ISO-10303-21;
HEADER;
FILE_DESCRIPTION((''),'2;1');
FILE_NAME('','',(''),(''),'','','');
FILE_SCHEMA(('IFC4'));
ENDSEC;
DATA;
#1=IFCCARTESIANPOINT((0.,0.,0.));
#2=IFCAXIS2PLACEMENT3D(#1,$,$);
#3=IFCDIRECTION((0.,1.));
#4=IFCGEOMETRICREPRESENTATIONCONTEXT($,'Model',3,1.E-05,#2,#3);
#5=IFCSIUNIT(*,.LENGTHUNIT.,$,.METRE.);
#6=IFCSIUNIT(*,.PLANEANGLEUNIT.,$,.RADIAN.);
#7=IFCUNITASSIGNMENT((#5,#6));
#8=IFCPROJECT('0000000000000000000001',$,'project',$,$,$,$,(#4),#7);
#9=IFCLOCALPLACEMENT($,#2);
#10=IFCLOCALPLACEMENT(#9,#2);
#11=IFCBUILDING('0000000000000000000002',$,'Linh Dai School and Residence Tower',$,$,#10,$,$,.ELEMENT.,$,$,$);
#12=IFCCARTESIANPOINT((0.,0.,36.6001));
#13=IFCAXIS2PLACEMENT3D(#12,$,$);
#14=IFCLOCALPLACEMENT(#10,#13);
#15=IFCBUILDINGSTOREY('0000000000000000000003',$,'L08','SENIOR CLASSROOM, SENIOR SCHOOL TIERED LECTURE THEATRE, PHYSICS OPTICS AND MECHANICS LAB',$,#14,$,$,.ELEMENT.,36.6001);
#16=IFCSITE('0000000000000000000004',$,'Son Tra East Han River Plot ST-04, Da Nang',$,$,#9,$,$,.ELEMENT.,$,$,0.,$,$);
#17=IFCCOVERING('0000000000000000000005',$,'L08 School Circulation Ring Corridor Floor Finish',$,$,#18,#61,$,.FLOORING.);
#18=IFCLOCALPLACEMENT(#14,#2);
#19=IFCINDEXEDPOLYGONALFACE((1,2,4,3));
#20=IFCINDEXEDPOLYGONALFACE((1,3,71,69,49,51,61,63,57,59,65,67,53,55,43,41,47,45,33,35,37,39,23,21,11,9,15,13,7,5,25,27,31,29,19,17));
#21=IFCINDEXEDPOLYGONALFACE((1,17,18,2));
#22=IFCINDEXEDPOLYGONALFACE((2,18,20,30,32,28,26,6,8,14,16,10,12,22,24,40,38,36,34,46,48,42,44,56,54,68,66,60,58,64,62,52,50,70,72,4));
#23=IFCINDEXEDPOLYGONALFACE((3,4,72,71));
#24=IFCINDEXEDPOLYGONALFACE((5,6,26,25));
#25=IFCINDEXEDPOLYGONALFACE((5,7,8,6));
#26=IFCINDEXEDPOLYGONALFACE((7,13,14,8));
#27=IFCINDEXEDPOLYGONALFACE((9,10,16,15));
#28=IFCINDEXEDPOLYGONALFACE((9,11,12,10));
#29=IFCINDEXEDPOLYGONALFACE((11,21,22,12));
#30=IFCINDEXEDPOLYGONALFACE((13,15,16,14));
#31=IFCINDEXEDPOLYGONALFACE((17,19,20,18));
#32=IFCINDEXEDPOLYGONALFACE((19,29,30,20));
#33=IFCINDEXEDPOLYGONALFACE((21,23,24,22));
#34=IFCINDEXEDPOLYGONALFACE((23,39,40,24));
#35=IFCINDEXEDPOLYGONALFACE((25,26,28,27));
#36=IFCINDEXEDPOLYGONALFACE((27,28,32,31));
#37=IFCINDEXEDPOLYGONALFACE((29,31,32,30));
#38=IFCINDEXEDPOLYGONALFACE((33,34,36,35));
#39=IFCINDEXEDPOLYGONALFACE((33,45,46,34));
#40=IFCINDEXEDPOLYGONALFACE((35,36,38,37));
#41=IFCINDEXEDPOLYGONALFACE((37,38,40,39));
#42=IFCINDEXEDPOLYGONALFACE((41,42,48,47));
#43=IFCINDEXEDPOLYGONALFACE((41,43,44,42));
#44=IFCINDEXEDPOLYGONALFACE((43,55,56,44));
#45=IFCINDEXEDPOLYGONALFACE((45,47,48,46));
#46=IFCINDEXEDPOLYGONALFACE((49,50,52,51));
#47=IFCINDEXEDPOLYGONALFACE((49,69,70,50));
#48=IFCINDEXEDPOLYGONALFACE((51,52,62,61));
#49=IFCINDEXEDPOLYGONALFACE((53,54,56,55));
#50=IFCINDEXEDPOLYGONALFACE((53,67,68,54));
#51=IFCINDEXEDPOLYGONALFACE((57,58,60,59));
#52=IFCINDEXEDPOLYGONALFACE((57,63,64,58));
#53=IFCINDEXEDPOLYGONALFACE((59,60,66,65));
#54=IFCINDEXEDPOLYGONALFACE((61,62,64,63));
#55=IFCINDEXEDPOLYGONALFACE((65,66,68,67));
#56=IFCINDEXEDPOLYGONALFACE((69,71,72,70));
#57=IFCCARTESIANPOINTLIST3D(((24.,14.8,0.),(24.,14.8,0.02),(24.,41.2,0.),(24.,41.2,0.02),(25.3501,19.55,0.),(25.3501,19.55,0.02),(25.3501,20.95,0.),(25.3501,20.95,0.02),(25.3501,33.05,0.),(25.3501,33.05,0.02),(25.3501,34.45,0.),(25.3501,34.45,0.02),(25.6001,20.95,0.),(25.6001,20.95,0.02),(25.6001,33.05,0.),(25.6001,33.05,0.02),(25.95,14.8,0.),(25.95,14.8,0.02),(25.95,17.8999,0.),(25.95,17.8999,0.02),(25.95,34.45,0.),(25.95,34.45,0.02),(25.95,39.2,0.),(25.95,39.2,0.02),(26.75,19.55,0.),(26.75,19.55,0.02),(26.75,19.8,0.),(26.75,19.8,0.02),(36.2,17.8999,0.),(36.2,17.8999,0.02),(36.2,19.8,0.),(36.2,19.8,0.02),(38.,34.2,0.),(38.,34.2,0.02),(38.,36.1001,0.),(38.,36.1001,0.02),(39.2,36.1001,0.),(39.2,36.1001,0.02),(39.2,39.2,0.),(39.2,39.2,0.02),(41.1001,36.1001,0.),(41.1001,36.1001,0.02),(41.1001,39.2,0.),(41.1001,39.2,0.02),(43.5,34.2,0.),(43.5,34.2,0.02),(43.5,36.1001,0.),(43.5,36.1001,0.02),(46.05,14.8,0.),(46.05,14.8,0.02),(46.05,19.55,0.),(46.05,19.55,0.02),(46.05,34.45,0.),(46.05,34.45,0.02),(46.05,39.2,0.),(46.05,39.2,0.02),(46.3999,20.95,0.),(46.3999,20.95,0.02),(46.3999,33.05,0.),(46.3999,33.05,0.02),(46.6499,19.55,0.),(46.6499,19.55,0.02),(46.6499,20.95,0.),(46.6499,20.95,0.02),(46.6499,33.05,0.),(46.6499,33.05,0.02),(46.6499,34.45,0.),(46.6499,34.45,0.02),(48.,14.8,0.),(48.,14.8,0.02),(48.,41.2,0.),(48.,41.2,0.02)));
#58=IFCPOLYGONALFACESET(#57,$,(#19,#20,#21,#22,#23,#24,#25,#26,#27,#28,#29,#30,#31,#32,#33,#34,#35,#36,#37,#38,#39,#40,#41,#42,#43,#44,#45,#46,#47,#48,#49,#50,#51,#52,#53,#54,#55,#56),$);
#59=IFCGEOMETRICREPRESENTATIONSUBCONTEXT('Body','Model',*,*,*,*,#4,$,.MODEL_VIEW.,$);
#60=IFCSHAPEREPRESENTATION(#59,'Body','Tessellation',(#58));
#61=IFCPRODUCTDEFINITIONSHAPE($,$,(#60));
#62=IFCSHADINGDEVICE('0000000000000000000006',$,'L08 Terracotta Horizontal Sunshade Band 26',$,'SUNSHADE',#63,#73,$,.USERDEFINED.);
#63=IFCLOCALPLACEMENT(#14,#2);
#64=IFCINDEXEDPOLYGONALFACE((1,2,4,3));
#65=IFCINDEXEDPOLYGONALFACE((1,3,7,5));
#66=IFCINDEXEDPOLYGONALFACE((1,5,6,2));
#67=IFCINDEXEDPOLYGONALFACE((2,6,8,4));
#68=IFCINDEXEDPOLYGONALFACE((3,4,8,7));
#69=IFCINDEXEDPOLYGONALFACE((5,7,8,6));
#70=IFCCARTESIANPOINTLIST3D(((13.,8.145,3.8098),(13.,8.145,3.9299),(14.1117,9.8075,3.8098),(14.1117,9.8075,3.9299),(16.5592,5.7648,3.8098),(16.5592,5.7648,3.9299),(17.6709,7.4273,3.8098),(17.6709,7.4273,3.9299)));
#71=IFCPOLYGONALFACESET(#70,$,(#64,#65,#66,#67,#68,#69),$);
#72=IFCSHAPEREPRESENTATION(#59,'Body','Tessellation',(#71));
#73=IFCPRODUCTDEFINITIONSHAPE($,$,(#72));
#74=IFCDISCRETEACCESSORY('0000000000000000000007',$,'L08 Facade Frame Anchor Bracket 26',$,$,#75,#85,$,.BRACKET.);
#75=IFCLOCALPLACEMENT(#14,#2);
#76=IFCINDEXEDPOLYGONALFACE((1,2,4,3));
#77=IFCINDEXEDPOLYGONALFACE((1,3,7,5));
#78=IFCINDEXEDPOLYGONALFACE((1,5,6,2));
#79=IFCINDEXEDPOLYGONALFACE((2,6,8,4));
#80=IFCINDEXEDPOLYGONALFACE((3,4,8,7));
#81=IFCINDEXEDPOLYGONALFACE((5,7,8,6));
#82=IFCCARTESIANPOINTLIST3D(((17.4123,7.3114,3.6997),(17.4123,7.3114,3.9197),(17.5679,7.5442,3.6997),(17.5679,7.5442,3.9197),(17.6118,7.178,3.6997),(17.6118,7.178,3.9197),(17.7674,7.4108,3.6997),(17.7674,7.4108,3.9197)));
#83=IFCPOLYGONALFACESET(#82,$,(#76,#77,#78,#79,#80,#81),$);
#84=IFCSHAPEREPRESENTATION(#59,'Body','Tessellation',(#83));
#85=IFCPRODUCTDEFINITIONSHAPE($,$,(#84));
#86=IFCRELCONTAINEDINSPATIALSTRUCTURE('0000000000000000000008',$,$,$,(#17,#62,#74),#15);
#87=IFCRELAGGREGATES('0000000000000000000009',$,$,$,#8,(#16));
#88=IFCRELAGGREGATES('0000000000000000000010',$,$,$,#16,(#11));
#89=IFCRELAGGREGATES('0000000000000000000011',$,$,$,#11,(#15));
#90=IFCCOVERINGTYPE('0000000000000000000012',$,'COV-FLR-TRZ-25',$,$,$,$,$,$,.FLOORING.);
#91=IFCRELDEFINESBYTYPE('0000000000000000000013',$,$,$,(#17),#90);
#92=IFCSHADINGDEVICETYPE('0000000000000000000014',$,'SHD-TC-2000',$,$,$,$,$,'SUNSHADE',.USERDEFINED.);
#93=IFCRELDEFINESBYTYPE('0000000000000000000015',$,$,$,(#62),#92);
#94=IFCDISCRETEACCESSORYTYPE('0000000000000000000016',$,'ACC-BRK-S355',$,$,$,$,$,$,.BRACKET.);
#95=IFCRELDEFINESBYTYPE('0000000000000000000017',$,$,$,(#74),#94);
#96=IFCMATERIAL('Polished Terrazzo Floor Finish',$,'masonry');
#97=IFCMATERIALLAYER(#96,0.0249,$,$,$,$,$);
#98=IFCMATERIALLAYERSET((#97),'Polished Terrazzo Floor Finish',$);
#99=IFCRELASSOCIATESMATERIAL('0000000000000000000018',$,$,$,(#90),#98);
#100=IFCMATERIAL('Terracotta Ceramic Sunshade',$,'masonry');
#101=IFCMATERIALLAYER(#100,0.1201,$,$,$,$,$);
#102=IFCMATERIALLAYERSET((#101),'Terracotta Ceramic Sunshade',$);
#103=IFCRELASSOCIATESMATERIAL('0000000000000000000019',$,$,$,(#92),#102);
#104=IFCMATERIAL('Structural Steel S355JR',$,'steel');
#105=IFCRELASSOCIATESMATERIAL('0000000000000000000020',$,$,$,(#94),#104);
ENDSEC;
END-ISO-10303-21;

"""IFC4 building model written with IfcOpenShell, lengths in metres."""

from ifc_helpers import new_model, si_unit, direction, frame, origin, origin_2d, place, context, subcontext, project, spatial, polyline, rectangle, outline, extrude, source, transform, mapped, material, layer, layer_set, type_object, element, save


model = new_model("IFC4")

# Units and contexts
model_context = context("Model", 3, precision=1e-05, world=origin(), true_north=direction((0.0, 1.0)))
body_context = subcontext(model_context, "Body", "Model", "MODEL_VIEW")
ifc_project = project(units=[si_unit("LENGTHUNIT", "METRE"), si_unit("PLANEANGLEUNIT", "RADIAN")], contexts=[model_context])

# Site, building, storey
site_placement = place(None, origin())
site = spatial("IfcSite", under=ifc_project, at=site_placement, Name="Son Tra East Han River Plot ST-04, Da Nang", CompositionType="ELEMENT", RefElevation=0.0)
building_placement = place(site_placement, origin())
building = spatial("IfcBuilding", under=site, at=building_placement, Name="Linh Dai School and Residence Tower", CompositionType="ELEMENT")
storey_placement = place(building_placement, frame((0.0, 0.0, 36.6001)))
storey = spatial("IfcBuildingStorey", under=building, at=storey_placement, Name="L08", Description="SENIOR CLASSROOM, SENIOR SCHOOL TIERED LECTURE THEATRE, PHYSICS OPTICS AND MECHANICS LAB", CompositionType="ELEMENT", Elevation=36.6001)

# Shared definitions
ifc_material_1 = material(Name="Structural Steel S355JR", Category="steel")

# Covering
ifc_material_2 = material(Name="Polished Terrazzo Floor Finish", Category="masonry")
ifc_layer_1 = layer(ifc_material_2, 0.0249)
ifc_layer_set_1 = layer_set([ifc_layer_1], Name="Polished Terrazzo Floor Finish")
covering_type_1 = type_object("IfcCoveringType", Name="COV-FLR-TRZ-25", PredefinedType="FLOORING", material=ifc_layer_set_1)
covering_1_placement = place(storey_placement, origin())
element("IfcCovering", 1, at=covering_1_placement, inside=storey, type_object=covering_type_1, Name="L08 School Circulation Ring Corridor Floor Finish", PredefinedType="FLOORING", context=body_context, shape_type="SweptSolid", body=[
    extrude(outline(polyline([(24.0, 41.2), (48.0, 41.2), (48.0, 14.8), (46.05, 14.8), (46.05, 19.55), (46.6499, 19.55), (46.6499, 20.95), (46.3999, 20.95), (46.3999, 33.05), (46.6499, 33.05), (46.6499, 34.45), (46.05, 34.45), (46.05, 39.2), (41.1001, 39.2), (41.1001, 36.1001), (43.5, 36.1001), (43.5, 34.2), (38.0, 34.2), (38.0, 36.1001), (39.2, 36.1001), (39.2, 39.2), (25.95, 39.2), (25.95, 34.45), (25.3501, 34.45), (25.3501, 33.05), (25.6001, 33.05), (25.6001, 20.95), (25.3501, 20.95), (25.3501, 19.55), (26.75, 19.55), (26.75, 19.8), (36.2, 19.8), (36.2, 17.8999), (25.95, 17.8999), (25.95, 14.8), (24.0, 14.8), (24.0, 41.2)])), origin(), (0.0, 0.0, 1.0), 0.02),
])

# Shading device
ifc_material_3 = material(Name="Terracotta Ceramic Sunshade", Category="masonry")
ifc_layer_2 = layer(ifc_material_3, 0.1201)
ifc_layer_set_2 = layer_set([ifc_layer_2], Name="Terracotta Ceramic Sunshade")
shading_device_type = type_object("IfcShadingDeviceType", Name="SHD-TC-2000", ElementType="SUNSHADE", PredefinedType="USERDEFINED", material=ifc_layer_set_2)
shared_shape_1 = source(origin(), body_context, "Body", "SweptSolid", [
    extrude(rectangle(XDim=4.2817, YDim=2.0, at=origin_2d()), origin(), (0.0, 0.0, 1.0), 0.1201),
])
shading_device_placement = place(storey_placement, frame((15.3354, 7.7861, 3.8098), z_axis=(0.0, 0.0, 1.0), x_axis=(-0.831251, 0.555898, 0.0)))
element("IfcShadingDevice", 2, at=shading_device_placement, inside=storey, type_object=shading_device_type, Name="L08 Terracotta Horizontal Sunshade Band 26", ObjectType="SUNSHADE", PredefinedType="USERDEFINED", context=body_context, shape_type="MappedRepresentation", body=[
    mapped(shared_shape_1, transform((0.0, 0.0, 0.0), x_axis=(1.0, 0.0, 0.0), y_axis=(0.0, 1.0, 0.0), z_axis=(0.0, 0.0, 1.0), scale=1.0)),
])

# Discrete accessory
discrete_accessory_type = type_object("IfcDiscreteAccessoryType", Name="ACC-BRK-S355", PredefinedType="BRACKET", material=ifc_material_1)
shared_shape_2 = source(origin(), body_context, "Body", "SweptSolid", [
    extrude(rectangle(XDim=0.28, YDim=0.24, at=origin_2d()), origin(), (0.0, 0.0, 1.0), 0.22),
])
discrete_accessory_placement = place(storey_placement, frame((17.5898, 7.3611, 3.6997), z_axis=(0.0, 0.0, 1.0), x_axis=(-0.555898, -0.831251, 0.0)))
element("IfcDiscreteAccessory", 3, at=discrete_accessory_placement, inside=storey, type_object=discrete_accessory_type, Name="L08 Facade Frame Anchor Bracket 26", PredefinedType="BRACKET", context=body_context, shape_type="MappedRepresentation", body=[
    mapped(shared_shape_2, transform((0.0, 0.0, 0.0), x_axis=(1.0, 0.0, 0.0), y_axis=(0.0, 1.0, 0.0), z_axis=(0.0, 0.0, 1.0), scale=1.0)),
])

save(model, "model.ifc")
